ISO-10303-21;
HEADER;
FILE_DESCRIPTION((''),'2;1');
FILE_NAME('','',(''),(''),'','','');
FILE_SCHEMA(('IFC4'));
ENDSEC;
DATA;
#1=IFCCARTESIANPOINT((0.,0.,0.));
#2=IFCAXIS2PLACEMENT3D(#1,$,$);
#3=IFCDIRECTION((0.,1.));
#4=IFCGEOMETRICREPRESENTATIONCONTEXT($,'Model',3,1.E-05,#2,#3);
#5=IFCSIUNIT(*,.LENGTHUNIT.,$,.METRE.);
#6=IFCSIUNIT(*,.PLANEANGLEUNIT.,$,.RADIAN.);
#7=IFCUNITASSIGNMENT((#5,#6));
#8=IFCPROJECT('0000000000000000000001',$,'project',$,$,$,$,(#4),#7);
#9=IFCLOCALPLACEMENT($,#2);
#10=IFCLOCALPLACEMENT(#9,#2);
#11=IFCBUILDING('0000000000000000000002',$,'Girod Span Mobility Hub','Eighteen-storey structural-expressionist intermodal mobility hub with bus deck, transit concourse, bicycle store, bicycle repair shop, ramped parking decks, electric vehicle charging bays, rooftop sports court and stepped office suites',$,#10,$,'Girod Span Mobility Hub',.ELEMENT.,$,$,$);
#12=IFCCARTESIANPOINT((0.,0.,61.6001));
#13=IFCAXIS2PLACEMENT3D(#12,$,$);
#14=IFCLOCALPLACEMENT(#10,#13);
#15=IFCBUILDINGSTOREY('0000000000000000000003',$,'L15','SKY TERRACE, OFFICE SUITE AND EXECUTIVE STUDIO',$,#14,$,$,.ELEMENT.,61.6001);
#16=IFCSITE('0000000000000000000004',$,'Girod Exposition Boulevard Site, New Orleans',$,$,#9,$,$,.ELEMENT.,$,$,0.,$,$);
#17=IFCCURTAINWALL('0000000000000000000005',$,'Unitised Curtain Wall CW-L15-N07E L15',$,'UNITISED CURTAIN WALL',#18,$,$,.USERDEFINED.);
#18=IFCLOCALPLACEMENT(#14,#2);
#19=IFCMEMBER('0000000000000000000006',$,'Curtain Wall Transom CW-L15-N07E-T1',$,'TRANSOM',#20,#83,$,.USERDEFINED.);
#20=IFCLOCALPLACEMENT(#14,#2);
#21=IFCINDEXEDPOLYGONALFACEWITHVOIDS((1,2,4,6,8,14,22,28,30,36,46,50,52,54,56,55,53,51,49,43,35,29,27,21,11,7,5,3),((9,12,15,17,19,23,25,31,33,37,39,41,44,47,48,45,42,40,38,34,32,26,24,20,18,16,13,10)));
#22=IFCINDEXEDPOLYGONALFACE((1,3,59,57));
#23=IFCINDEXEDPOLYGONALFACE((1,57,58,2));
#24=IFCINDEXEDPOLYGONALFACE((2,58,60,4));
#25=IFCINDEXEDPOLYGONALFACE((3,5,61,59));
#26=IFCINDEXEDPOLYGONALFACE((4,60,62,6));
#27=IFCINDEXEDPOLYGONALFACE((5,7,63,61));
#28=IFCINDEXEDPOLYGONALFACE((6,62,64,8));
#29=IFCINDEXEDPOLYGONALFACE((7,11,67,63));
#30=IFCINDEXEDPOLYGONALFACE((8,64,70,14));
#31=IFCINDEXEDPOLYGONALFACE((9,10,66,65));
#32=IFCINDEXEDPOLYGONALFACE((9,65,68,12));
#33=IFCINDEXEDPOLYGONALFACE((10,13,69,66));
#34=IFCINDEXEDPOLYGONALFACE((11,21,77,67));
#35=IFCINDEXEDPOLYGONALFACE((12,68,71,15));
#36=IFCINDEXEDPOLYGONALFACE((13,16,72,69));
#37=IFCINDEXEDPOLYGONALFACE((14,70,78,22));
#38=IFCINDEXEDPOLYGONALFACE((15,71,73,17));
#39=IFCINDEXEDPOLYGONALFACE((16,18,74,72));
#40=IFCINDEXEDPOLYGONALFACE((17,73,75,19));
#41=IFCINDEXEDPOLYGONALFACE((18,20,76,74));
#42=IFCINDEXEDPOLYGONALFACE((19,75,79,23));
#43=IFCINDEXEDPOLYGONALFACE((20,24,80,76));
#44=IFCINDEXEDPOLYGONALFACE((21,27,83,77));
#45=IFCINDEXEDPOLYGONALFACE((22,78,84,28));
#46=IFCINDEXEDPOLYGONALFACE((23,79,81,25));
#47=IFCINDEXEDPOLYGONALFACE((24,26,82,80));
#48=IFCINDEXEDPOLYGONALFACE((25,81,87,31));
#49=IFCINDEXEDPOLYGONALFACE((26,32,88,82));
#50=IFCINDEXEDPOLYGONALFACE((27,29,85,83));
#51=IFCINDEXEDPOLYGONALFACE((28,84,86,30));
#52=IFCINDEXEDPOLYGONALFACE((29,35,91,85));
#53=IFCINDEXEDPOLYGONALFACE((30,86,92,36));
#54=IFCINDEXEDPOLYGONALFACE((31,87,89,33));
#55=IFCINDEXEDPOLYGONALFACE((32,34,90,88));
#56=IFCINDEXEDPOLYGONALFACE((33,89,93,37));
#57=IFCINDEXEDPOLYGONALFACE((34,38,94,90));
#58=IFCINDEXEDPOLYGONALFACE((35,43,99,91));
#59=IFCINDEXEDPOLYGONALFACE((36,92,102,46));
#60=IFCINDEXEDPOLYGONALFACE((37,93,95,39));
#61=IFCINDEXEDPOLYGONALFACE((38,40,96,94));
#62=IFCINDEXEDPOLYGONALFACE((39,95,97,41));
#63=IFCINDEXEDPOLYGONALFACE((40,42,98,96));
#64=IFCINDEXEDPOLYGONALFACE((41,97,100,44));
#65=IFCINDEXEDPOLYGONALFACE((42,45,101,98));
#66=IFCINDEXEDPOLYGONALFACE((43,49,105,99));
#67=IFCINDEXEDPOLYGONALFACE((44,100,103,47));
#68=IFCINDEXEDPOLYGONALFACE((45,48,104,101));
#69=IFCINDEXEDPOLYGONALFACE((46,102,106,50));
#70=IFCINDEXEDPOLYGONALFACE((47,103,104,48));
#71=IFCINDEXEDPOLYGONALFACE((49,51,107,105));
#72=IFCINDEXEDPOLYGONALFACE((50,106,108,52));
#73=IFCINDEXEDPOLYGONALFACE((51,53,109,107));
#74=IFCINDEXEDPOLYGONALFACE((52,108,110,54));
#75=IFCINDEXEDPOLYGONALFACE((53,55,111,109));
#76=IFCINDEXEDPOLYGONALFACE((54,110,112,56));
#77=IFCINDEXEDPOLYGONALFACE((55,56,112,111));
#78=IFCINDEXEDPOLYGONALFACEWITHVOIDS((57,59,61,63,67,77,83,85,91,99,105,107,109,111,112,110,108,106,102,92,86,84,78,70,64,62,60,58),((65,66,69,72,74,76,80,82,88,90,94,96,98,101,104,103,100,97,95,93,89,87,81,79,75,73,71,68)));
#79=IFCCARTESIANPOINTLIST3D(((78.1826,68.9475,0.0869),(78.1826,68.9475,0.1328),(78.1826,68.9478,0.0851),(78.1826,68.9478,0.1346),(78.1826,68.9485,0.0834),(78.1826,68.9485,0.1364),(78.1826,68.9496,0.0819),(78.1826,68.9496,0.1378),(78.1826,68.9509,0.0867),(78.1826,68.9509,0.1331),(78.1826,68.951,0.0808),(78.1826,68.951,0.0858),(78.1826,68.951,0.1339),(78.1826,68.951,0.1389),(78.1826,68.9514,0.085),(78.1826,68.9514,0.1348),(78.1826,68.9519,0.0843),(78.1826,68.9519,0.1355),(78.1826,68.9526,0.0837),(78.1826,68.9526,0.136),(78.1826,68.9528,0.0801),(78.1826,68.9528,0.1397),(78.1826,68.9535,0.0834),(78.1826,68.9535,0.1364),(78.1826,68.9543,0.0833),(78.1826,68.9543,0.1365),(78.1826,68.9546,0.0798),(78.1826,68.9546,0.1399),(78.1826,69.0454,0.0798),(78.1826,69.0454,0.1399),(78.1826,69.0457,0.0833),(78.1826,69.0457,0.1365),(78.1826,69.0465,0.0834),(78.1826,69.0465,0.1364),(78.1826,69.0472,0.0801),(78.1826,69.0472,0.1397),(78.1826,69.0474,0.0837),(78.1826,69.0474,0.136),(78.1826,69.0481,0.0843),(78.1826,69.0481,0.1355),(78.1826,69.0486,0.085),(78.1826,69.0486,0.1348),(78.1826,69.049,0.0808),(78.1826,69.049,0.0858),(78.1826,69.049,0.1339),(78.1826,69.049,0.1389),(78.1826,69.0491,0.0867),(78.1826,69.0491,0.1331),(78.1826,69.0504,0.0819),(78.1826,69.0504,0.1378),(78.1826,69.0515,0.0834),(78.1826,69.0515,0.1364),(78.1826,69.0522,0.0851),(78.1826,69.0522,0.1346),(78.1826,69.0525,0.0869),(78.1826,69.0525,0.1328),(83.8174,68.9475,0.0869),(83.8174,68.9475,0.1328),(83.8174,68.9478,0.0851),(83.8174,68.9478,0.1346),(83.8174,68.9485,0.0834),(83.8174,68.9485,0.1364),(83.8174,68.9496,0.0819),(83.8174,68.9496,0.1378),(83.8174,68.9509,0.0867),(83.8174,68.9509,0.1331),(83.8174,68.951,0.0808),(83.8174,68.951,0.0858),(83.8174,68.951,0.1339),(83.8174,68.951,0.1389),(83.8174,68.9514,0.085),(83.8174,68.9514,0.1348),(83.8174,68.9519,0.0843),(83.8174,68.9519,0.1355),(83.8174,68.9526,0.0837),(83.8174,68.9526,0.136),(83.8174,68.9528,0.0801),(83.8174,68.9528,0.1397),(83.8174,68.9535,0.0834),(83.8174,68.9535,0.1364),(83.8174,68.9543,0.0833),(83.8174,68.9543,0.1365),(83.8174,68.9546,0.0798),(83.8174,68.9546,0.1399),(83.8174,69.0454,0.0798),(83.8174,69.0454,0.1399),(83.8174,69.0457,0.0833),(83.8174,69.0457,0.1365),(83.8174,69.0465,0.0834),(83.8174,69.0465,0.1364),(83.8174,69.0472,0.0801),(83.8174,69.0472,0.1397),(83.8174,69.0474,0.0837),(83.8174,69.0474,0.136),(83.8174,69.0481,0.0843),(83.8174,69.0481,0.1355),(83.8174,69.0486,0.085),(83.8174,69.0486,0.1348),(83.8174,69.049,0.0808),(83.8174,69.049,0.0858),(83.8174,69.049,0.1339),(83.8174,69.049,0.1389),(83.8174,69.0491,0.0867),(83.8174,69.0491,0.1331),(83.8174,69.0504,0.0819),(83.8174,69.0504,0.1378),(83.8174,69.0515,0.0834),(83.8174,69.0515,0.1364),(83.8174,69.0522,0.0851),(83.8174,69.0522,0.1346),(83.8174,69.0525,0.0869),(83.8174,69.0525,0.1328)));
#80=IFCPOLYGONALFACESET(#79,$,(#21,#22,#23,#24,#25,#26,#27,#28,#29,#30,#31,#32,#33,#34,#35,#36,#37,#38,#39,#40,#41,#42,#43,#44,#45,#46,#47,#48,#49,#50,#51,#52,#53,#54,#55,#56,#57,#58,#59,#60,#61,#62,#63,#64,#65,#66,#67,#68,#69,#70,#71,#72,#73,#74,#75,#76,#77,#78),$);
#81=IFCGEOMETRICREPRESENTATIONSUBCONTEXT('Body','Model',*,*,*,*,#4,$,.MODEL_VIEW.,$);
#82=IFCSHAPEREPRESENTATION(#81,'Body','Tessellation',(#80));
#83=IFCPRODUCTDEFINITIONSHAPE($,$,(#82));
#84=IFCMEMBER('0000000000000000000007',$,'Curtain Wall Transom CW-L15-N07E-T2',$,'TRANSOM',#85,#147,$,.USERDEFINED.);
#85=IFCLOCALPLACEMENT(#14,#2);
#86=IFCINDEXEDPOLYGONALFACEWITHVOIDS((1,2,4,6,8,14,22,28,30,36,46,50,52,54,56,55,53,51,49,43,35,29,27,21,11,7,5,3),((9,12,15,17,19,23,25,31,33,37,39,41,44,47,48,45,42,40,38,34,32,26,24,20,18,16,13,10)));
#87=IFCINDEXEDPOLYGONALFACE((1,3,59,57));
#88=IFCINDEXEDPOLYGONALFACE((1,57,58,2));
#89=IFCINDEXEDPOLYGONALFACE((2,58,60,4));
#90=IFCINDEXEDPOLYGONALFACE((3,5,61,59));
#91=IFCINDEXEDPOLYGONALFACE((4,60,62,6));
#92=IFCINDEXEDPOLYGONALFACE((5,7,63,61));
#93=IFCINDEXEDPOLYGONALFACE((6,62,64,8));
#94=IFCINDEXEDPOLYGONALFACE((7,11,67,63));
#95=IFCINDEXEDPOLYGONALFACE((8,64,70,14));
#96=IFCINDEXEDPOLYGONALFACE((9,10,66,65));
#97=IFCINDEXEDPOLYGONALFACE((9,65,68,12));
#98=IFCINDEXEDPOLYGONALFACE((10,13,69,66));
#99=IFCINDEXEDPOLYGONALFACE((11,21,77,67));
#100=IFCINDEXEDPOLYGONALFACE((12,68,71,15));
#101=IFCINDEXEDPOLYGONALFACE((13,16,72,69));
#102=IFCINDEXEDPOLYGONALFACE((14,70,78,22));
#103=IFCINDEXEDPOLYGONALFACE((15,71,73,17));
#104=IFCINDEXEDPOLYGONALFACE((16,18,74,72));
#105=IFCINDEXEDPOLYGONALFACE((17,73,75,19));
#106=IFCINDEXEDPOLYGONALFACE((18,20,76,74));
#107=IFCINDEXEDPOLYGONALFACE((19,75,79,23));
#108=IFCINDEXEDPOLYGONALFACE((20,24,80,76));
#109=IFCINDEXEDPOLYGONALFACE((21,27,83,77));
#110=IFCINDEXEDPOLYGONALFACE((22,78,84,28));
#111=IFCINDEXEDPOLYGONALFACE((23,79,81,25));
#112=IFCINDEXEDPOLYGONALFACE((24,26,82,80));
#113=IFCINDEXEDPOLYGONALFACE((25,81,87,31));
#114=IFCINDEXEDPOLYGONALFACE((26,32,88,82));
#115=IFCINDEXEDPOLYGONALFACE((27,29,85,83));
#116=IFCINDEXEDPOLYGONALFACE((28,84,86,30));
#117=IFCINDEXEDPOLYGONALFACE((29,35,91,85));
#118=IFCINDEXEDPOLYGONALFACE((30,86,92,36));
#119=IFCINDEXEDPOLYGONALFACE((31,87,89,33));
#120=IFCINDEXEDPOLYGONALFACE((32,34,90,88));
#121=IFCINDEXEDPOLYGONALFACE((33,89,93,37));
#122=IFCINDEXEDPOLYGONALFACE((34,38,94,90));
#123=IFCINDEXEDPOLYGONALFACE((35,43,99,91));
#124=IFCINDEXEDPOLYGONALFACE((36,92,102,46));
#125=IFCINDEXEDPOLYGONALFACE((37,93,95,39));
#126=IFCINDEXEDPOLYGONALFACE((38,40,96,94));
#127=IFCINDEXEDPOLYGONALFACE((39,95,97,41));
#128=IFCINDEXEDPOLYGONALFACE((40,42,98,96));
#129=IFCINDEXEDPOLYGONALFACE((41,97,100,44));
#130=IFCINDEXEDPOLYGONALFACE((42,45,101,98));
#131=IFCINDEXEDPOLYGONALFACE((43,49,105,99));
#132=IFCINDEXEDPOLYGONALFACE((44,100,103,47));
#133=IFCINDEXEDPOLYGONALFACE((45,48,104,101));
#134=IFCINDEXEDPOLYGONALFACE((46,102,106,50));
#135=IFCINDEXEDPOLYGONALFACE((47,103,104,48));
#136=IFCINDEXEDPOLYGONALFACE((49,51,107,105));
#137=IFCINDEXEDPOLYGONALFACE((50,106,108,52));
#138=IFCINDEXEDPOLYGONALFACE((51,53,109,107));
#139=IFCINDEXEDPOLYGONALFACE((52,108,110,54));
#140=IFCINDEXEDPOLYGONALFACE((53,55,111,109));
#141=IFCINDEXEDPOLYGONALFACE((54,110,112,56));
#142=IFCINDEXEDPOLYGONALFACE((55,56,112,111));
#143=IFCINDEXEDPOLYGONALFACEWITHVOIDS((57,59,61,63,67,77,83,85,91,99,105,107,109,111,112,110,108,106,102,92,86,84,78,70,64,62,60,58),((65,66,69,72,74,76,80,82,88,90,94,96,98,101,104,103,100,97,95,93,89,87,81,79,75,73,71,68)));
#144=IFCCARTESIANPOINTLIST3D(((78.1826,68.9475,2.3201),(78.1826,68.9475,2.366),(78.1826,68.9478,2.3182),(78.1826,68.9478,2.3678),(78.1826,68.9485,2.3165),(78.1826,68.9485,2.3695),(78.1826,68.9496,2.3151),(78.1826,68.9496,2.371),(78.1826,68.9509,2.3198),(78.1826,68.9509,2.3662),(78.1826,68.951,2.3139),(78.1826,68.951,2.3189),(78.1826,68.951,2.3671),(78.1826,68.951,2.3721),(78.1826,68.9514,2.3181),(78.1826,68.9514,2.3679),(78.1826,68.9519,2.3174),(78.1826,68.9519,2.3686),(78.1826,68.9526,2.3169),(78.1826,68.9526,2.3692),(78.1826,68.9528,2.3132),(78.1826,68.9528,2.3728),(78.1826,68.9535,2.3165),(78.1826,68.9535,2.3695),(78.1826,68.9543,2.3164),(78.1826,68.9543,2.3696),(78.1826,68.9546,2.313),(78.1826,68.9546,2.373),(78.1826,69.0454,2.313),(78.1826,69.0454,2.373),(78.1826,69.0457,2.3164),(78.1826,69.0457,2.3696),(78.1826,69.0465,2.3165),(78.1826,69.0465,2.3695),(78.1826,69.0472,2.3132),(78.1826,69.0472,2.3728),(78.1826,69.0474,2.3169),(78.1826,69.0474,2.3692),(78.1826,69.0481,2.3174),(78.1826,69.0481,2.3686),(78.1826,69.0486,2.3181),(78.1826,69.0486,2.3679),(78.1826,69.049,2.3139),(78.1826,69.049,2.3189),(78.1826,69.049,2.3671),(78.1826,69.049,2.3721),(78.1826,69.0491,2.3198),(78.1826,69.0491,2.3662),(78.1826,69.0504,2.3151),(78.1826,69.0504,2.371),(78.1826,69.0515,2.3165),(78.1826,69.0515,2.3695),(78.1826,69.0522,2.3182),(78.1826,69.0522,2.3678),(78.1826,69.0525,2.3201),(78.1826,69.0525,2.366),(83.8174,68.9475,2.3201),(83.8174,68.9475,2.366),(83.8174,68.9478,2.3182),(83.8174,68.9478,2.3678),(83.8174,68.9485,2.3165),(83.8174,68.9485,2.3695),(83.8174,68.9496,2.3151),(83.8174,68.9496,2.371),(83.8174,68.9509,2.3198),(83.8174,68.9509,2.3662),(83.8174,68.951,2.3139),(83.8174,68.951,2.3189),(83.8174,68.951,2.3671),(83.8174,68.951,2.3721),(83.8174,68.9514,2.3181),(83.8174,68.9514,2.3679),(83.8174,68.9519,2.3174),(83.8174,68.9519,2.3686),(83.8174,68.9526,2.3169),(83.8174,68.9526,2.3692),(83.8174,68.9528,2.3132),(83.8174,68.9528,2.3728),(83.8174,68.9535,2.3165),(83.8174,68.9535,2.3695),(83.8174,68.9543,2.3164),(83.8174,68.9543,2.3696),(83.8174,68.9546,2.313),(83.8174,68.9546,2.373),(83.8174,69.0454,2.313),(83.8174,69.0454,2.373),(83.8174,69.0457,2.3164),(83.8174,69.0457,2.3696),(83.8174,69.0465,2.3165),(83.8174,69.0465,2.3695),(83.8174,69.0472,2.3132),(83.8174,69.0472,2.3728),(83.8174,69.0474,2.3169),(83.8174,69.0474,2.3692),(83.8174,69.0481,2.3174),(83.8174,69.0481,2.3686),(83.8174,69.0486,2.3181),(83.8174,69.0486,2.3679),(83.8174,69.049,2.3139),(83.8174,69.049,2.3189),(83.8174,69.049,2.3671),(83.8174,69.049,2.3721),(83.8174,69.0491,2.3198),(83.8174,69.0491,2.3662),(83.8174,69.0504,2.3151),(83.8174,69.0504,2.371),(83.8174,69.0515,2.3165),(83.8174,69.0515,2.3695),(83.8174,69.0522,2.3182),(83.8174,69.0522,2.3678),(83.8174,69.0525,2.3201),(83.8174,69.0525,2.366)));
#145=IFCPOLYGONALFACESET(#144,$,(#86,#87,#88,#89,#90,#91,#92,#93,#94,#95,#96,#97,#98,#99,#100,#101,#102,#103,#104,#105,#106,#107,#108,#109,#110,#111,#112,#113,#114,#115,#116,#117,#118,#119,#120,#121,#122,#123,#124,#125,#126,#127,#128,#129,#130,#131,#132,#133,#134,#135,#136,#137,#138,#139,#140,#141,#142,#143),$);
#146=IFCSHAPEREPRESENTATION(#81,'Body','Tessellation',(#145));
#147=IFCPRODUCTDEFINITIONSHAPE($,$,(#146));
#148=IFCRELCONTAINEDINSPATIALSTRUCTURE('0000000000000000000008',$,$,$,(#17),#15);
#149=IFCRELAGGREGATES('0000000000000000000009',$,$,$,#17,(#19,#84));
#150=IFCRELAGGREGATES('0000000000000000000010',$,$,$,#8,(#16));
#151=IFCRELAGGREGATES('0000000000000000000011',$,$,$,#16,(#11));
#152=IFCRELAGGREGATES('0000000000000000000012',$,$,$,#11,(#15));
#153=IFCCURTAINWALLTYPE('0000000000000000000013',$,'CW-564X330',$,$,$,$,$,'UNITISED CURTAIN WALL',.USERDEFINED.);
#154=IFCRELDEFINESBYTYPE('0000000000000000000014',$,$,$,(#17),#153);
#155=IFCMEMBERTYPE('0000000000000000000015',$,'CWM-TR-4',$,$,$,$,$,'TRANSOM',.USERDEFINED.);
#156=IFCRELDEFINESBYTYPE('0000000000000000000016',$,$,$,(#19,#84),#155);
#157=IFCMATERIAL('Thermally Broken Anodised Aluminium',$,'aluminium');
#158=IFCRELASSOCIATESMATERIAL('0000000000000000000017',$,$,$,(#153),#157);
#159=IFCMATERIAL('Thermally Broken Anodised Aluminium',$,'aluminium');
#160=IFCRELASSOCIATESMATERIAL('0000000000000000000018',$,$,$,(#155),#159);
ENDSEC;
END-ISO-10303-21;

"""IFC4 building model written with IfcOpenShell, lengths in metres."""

from ifc_helpers import new_model, si_unit, direction, frame, origin, origin_2d, place, context, subcontext, project, spatial, hollow_rectangle, extrude, material, material_profile, profile_set, type_object, element, aggregate, save


model = new_model("IFC4")

# Units and contexts
model_context = context("Model", 3, precision=1e-05, world=origin(), true_north=direction((0.0, 1.0)))
body_context = subcontext(model_context, "Body", "Model", "MODEL_VIEW")
ifc_project = project(units=[si_unit("LENGTHUNIT", "METRE"), si_unit("PLANEANGLEUNIT", "RADIAN")], contexts=[model_context])

# Site, building, storey
site_placement = place(None, origin())
site = spatial("IfcSite", under=ifc_project, at=site_placement, Name="Girod Exposition Boulevard Site, New Orleans", CompositionType="ELEMENT", RefElevation=0.0)
building_placement = place(site_placement, origin())
building = spatial("IfcBuilding", under=site, at=building_placement, Name="Girod Span Mobility Hub", Description="Eighteen-storey structural-expressionist intermodal mobility hub with bus deck, transit concourse, bicycle store, bicycle repair shop, ramped parking decks, electric vehicle charging bays, rooftop sports court and stepped office suites", LongName="Girod Span Mobility Hub", CompositionType="ELEMENT")
storey_placement = place(building_placement, frame((0.0, 0.0, 61.6001)))
storey = spatial("IfcBuildingStorey", under=building, at=storey_placement, Name="L15", Description="SKY TERRACE, OFFICE SUITE AND EXECUTIVE STUDIO", CompositionType="ELEMENT", Elevation=61.6001)

# Shared definitions
ifc_material_1 = material(Name="Thermally Broken Anodised Aluminium", Category="aluminium")
curtain_wall_type = type_object("IfcCurtainWallType", Name="CW-564X330", ElementType="UNITISED CURTAIN WALL", PredefinedType="USERDEFINED", material=ifc_material_1)

# Curtain wall
curtain_wall_1_placement = place(storey_placement, origin())
curtain_wall_1 = element("IfcCurtainWall", 1, at=curtain_wall_1_placement, inside=storey, type_object=curtain_wall_type, Name="Unitised Curtain Wall CW-L15-N07E L15", ObjectType="UNITISED CURTAIN WALL", PredefinedType="USERDEFINED")

# Members
ifc_material_2 = material(Name="Thermally Broken Anodised Aluminium", Category="aluminium")
ifc_material_profile_1 = material_profile(ifc_material_2, hollow_rectangle(XDim=0.105, YDim=0.0601, WallThickness=0.0034, InnerFilletRadius=0.0034, OuterFilletRadius=0.0071, at=origin_2d()), Name="CW-TR-60X105")
ifc_profile_set_1 = profile_set([ifc_material_profile_1], Name="Thermally Broken Anodised Aluminium")
member_type_1 = type_object("IfcMemberType", Name="CWM-TR-4", ElementType="TRANSOM", PredefinedType="USERDEFINED", material=ifc_profile_set_1)
member_1_placement = place(storey_placement, frame((78.1826, 69.0, 0.1099), z_axis=(1.0, 0.0, 0.0), x_axis=(0.0, 1.0, 0.0)))
member_1 = element("IfcMember", 2, at=member_1_placement, type_object=member_type_1, Name="Curtain Wall Transom CW-L15-N07E-T1", ObjectType="TRANSOM", PredefinedType="USERDEFINED", context=body_context, shape_type="SweptSolid", body=[
    extrude(hollow_rectangle(XDim=0.105, YDim=0.0601, WallThickness=0.0034, InnerFilletRadius=0.0034, OuterFilletRadius=0.0071, at=origin_2d()), origin(), (0.0, 0.0, 1.0), 5.6348),
])
member_2_placement = place(storey_placement, frame((78.1826, 69.0, 2.343), z_axis=(1.0, 0.0, 0.0), x_axis=(0.0, 1.0, 0.0)))
member_2 = element("IfcMember", 3, at=member_2_placement, type_object=member_type_1, Name="Curtain Wall Transom CW-L15-N07E-T2", ObjectType="TRANSOM", PredefinedType="USERDEFINED", context=body_context, shape_type="SweptSolid", body=[
    extrude(hollow_rectangle(XDim=0.105, YDim=0.0601, WallThickness=0.0034, InnerFilletRadius=0.0034, OuterFilletRadius=0.0071, at=origin_2d()), origin(), (0.0, 0.0, 1.0), 5.6348),
])

aggregate(curtain_wall_1, [member_1, member_2])

save(model, "model.ifc")
